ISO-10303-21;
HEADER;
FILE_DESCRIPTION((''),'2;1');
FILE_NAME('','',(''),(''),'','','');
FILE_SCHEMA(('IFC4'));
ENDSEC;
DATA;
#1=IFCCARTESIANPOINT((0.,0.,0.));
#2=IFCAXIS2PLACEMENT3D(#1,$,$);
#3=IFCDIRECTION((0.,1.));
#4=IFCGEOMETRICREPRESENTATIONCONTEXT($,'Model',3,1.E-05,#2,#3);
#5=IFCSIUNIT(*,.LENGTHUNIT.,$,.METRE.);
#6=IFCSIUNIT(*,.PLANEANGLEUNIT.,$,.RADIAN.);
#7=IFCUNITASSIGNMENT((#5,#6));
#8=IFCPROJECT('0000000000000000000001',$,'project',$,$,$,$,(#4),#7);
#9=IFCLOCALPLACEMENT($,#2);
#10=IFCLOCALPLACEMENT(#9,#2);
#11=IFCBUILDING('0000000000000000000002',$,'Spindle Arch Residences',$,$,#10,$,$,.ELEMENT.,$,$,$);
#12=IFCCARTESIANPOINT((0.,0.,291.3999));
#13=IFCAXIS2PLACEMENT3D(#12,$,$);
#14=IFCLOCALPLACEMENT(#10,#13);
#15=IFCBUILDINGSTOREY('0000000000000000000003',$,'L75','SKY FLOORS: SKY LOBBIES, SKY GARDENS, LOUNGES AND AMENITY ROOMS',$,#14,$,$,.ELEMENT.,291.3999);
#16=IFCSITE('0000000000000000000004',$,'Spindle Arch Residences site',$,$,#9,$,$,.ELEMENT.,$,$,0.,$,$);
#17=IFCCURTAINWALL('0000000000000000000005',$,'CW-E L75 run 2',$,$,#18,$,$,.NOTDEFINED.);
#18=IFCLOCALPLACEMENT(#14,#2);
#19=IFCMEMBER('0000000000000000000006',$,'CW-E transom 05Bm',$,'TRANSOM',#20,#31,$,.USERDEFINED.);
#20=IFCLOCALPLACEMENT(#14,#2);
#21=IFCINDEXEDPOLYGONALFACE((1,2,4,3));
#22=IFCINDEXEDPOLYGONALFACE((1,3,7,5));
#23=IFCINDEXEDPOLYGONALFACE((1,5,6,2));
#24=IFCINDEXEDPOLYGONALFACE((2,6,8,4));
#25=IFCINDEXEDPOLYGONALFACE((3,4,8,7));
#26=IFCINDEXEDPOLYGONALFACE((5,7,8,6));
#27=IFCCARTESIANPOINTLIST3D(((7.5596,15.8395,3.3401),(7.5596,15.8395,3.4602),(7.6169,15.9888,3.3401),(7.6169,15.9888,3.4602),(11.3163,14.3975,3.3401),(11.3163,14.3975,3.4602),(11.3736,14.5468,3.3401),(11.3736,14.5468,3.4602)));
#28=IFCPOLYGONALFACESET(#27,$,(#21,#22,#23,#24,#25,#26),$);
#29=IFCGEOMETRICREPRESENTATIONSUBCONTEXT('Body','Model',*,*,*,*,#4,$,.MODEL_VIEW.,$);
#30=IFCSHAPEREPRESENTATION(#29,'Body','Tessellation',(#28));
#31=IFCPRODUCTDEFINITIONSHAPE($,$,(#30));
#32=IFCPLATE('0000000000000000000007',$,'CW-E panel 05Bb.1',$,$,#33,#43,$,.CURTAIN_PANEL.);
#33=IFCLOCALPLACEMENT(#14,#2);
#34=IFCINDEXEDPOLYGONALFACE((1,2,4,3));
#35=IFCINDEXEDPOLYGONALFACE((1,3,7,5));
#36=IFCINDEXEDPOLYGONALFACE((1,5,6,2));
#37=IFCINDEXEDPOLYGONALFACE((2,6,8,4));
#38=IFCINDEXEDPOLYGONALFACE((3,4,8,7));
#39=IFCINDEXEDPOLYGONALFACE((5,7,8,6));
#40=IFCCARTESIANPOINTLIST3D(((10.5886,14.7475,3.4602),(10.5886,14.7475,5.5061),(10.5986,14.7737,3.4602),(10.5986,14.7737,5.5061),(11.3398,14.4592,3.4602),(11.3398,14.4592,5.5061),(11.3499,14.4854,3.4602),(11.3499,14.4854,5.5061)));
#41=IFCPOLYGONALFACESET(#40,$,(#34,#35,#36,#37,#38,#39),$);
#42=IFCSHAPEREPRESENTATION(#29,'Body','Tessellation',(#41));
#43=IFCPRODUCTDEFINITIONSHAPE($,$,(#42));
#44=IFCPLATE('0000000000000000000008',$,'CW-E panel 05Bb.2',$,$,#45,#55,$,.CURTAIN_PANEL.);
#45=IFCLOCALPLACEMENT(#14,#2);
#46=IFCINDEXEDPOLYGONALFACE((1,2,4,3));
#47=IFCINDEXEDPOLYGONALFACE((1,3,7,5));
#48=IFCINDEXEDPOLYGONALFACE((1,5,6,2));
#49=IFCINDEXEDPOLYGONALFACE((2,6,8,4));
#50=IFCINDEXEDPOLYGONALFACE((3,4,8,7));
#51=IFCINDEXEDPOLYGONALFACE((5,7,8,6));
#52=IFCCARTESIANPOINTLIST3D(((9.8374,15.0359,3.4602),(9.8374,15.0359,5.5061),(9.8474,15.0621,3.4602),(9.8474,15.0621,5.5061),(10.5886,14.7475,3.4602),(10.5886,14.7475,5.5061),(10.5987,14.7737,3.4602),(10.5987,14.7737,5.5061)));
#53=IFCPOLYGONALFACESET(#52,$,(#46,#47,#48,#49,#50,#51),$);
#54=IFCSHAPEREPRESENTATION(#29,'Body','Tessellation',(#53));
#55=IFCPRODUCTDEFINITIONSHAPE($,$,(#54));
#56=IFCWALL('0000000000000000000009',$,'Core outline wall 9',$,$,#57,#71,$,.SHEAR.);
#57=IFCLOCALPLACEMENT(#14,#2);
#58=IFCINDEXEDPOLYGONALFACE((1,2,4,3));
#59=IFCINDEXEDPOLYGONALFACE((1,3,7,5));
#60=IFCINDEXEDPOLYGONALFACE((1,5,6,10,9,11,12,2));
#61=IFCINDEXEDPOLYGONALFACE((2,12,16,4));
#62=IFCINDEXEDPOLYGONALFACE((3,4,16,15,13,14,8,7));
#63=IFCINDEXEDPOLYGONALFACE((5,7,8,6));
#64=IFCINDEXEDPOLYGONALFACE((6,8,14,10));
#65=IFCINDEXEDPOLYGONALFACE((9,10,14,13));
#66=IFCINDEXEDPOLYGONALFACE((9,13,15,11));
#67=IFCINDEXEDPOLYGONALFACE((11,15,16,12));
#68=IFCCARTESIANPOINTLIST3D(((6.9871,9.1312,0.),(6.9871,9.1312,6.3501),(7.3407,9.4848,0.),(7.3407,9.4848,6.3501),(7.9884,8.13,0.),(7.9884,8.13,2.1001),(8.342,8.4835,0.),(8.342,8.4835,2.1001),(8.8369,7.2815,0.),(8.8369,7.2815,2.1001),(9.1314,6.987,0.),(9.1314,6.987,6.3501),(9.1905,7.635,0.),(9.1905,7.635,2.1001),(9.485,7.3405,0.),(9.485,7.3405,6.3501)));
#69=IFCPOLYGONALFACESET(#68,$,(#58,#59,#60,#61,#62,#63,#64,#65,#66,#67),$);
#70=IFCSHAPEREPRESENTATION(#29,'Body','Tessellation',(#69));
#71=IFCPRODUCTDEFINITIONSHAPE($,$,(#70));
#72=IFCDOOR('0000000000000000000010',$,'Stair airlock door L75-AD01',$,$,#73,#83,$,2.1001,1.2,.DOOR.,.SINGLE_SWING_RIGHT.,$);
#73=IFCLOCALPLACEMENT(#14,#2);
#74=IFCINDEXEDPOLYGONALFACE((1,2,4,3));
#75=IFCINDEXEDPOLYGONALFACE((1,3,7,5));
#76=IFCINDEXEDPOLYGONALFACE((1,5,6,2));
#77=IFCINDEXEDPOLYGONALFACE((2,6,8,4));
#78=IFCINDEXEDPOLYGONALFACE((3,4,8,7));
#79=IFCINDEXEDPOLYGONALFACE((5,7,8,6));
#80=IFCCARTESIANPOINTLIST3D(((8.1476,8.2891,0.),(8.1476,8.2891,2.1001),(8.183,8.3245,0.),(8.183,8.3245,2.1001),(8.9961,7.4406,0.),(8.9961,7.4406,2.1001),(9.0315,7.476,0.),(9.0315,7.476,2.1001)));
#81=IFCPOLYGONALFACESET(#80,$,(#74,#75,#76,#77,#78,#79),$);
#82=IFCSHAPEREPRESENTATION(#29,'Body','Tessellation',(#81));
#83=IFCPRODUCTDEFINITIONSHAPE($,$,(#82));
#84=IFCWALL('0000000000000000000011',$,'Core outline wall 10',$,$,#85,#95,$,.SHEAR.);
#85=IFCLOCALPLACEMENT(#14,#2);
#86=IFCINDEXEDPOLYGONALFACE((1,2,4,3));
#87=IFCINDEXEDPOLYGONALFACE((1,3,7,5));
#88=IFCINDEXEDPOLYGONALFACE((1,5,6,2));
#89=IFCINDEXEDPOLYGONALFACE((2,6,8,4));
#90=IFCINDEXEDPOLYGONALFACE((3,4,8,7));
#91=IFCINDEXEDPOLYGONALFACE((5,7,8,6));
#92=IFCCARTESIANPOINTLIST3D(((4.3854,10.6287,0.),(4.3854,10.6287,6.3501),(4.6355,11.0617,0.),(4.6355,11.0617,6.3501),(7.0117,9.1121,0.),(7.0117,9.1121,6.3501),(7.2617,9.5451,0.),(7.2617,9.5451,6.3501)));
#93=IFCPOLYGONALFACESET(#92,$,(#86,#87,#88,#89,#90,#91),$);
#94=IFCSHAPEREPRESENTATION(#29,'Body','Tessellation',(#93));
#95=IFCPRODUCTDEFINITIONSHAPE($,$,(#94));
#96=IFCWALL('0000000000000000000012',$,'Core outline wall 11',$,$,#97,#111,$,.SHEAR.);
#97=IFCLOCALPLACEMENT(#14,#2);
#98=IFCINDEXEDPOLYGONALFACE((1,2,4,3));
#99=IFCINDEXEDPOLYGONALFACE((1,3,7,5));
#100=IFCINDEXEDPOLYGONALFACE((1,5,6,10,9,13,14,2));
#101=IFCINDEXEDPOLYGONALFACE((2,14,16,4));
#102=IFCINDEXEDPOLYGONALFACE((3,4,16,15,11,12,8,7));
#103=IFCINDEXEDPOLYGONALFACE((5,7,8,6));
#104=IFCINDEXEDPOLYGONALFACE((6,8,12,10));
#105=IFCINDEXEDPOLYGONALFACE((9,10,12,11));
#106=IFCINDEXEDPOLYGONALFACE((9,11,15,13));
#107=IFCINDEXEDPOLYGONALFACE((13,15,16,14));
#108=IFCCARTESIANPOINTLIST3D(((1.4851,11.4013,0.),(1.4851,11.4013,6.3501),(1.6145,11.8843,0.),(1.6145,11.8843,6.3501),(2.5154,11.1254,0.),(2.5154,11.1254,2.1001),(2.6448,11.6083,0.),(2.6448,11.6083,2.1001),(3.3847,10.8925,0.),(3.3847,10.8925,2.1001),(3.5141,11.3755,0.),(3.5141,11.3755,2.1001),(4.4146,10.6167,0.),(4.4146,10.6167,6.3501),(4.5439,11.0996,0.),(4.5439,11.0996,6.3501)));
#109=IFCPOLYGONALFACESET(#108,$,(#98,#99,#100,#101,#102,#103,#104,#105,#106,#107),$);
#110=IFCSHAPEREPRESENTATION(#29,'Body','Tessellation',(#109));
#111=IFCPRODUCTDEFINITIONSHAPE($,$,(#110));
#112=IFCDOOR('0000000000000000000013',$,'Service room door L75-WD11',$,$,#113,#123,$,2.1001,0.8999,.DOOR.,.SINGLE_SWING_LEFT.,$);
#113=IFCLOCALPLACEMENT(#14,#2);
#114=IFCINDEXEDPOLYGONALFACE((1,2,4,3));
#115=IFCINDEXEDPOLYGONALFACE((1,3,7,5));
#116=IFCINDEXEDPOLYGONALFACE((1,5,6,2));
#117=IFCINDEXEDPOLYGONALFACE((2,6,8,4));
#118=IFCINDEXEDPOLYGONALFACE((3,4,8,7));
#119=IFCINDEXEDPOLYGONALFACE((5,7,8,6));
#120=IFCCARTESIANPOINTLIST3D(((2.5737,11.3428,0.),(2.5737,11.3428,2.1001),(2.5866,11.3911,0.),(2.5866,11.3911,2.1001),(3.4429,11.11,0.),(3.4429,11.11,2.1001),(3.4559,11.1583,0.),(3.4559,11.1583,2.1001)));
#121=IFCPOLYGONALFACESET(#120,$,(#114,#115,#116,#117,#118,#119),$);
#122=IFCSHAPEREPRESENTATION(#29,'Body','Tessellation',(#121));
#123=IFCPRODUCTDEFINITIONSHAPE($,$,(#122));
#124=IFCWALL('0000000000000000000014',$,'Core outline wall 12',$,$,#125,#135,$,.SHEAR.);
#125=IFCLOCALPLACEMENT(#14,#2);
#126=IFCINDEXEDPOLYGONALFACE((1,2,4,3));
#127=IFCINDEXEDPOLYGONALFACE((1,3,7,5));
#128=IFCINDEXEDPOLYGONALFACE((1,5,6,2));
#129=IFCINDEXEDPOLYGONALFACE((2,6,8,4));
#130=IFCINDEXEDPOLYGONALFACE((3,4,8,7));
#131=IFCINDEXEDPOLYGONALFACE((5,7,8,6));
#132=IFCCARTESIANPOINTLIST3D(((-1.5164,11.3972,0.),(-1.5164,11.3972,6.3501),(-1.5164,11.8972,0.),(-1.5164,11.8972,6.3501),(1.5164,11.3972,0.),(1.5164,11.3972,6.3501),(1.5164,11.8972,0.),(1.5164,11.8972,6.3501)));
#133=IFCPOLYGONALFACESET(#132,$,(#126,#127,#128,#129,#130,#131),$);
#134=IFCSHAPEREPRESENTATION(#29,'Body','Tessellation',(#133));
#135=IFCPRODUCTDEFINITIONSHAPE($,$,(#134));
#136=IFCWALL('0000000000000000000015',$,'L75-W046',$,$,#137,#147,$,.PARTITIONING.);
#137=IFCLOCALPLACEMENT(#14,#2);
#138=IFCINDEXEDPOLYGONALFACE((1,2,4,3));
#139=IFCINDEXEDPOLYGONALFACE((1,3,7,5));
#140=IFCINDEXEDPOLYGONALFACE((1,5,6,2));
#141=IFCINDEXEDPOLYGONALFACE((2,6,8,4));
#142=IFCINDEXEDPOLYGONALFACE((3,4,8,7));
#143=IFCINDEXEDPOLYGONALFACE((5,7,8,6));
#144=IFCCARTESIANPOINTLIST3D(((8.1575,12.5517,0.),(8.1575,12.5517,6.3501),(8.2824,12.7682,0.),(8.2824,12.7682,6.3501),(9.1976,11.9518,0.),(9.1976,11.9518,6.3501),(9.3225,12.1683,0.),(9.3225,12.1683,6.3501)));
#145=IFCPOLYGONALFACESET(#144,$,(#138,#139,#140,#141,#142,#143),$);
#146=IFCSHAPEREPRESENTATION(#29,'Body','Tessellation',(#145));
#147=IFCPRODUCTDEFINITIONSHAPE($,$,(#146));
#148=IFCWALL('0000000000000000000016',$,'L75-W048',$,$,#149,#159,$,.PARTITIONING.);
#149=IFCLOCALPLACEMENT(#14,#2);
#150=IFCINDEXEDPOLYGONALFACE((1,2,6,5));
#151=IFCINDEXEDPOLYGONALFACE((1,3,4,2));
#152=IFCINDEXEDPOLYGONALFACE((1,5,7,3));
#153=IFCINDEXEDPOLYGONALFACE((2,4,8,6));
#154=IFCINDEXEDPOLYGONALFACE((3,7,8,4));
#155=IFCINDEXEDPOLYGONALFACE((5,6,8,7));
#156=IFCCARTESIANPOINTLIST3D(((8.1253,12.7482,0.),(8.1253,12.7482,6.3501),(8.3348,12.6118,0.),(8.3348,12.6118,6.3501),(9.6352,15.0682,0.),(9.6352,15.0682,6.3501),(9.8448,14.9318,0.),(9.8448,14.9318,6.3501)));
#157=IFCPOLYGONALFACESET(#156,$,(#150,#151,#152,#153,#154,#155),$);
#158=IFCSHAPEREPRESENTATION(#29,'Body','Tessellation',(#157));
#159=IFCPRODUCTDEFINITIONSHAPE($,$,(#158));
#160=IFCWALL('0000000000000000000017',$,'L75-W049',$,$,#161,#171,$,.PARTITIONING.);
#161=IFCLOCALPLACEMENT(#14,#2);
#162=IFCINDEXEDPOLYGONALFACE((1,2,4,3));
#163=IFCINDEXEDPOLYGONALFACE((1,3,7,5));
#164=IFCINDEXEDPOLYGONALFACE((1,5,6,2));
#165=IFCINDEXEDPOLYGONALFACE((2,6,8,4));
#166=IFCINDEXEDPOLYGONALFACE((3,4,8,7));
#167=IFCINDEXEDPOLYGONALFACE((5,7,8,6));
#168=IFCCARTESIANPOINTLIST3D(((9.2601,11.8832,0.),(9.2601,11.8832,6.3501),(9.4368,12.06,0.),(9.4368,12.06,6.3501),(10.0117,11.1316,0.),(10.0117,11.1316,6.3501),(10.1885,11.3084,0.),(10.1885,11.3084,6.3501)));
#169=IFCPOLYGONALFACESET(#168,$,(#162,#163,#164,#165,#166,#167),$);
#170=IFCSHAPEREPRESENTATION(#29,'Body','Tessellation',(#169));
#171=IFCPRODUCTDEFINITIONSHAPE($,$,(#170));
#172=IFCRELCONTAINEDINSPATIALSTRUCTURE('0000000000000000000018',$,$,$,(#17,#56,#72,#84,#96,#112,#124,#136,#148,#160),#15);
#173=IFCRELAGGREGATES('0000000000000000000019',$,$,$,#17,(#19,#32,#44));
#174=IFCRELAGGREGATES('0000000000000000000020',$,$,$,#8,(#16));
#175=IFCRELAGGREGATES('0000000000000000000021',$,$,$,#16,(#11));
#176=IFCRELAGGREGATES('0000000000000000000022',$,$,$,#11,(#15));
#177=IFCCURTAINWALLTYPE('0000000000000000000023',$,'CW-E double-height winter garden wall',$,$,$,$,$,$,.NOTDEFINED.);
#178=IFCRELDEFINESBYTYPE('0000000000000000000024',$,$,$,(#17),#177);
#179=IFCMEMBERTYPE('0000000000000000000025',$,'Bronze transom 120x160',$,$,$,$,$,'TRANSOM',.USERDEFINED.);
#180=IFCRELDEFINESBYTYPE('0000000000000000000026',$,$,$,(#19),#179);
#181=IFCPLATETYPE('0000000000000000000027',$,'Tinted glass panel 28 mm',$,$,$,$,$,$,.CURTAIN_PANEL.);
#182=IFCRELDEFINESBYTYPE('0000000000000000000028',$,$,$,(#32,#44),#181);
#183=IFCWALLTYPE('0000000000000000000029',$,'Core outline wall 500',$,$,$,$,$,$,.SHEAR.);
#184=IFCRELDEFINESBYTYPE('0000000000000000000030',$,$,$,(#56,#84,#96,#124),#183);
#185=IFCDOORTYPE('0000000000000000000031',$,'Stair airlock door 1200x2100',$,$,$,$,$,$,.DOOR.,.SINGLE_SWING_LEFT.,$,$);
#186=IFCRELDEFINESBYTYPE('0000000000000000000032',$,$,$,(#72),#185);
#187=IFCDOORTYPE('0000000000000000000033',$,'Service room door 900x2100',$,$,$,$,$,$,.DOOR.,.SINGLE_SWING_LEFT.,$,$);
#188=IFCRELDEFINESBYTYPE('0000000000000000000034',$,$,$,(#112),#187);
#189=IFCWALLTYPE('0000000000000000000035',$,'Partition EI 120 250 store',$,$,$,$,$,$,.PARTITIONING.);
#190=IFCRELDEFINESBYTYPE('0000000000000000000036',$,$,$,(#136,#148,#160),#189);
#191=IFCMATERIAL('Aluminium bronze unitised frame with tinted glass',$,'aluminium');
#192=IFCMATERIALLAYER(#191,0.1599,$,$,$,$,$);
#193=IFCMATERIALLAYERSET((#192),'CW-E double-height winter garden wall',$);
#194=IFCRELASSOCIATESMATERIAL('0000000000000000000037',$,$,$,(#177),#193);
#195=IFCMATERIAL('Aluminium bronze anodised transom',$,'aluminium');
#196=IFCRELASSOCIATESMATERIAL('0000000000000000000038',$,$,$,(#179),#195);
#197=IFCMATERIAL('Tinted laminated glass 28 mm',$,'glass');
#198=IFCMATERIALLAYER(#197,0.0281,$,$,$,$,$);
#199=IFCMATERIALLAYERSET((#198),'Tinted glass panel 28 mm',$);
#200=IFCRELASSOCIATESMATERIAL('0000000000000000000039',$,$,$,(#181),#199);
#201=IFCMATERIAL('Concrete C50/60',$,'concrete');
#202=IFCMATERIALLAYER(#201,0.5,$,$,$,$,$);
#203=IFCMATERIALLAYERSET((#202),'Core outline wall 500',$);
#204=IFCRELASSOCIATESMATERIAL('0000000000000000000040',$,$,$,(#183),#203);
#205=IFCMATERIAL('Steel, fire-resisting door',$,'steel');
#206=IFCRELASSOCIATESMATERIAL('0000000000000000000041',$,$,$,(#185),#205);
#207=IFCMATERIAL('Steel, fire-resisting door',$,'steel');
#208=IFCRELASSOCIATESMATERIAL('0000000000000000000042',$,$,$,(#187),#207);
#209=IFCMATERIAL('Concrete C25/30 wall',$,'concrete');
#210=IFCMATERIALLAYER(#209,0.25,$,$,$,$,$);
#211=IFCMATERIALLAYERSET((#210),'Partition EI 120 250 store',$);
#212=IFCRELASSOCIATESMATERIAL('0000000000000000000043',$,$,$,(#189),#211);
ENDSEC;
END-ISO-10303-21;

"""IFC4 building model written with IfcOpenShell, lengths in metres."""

from ifc_helpers import new_model, si_unit, direction, frame, frame_2d, origin, origin_2d, place, context, subcontext, project, spatial, rectangle, extrude, material, layer, layer_set, material_profile, profile_set, type_object, element, fill, aggregate, save


model = new_model("IFC4")

# Units and contexts
model_context = context("Model", 3, precision=1e-05, world=origin(), true_north=direction((0.0, 1.0)))
body_context = subcontext(model_context, "Body", "Model", "MODEL_VIEW")
ifc_project = project(units=[si_unit("LENGTHUNIT", "METRE"), si_unit("PLANEANGLEUNIT", "RADIAN")], contexts=[model_context])

# Site, building, storey
site_placement = place(None, origin())
site = spatial("IfcSite", under=ifc_project, at=site_placement, Name="Spindle Arch Residences site", CompositionType="ELEMENT", RefElevation=0.0)
building_placement = place(site_placement, origin())
building = spatial("IfcBuilding", under=site, at=building_placement, Name="Spindle Arch Residences", CompositionType="ELEMENT")
storey_placement = place(building_placement, frame((0.0, 0.0, 291.3999)))
storey = spatial("IfcBuildingStorey", under=building, at=storey_placement, Name="L75", Description="SKY FLOORS: SKY LOBBIES, SKY GARDENS, LOUNGES AND AMENITY ROOMS", CompositionType="ELEMENT", Elevation=291.3999)

# Curtain wall, member, plates
ifc_material_1 = material(Name="Aluminium bronze unitised frame with tinted glass", Category="aluminium")
ifc_layer_1 = layer(ifc_material_1, 0.1599)
ifc_layer_set_1 = layer_set([ifc_layer_1], Name="CW-E double-height winter garden wall")
curtain_wall_type = type_object("IfcCurtainWallType", Name="CW-E double-height winter garden wall", PredefinedType="NOTDEFINED", material=ifc_layer_set_1)
curtain_wall_placement = place(storey_placement, origin())
curtain_wall = element("IfcCurtainWall", 1, at=curtain_wall_placement, inside=storey, type_object=curtain_wall_type, Name="CW-E L75 run 2", PredefinedType="NOTDEFINED")
ifc_material_2 = material(Name="Aluminium bronze anodised transom", Category="aluminium")
ifc_material_profile = material_profile(ifc_material_2, rectangle(XDim=0.1599, YDim=0.1201, at=origin_2d()), Name="TR 120x160")
ifc_profile_set = profile_set([ifc_material_profile], Name="Aluminium bronze anodised transom")
member_type = type_object("IfcMemberType", Name="Bronze transom 120x160", ElementType="TRANSOM", PredefinedType="USERDEFINED", material=ifc_profile_set)
member_placement = place(storey_placement, frame((11.345, 14.4722, 3.4001), z_axis=(-0.933591, 0.358341, 0.0), x_axis=(-0.358341, -0.933591, 0.0)))
member = element("IfcMember", 2, at=member_placement, type_object=member_type, Name="CW-E transom 05Bm", ObjectType="TRANSOM", PredefinedType="USERDEFINED", context=body_context, shape_type="SweptSolid", body=[
    extrude(rectangle(XDim=0.1599, YDim=0.1201, at=origin_2d()), origin(), (0.0, 0.0, 1.0), 4.0239),
])
ifc_material_3 = material(Name="Tinted laminated glass 28 mm", Category="glass")
ifc_layer_2 = layer(ifc_material_3, 0.0281)
ifc_layer_set_2 = layer_set([ifc_layer_2], Name="Tinted glass panel 28 mm")
plate_type = type_object("IfcPlateType", Name="Tinted glass panel 28 mm", PredefinedType="CURTAIN_PANEL", material=ifc_layer_set_2)
plate_1_placement = place(storey_placement, frame((10.9692, 14.6165, 3.4602), z_axis=(0.0, 0.0, 1.0), x_axis=(-0.93358, 0.358368, 0.0)))
plate_1 = element("IfcPlate", 3, at=plate_1_placement, type_object=plate_type, Name="CW-E panel 05Bb.1", PredefinedType="CURTAIN_PANEL", context=body_context, shape_type="SweptSolid", body=[
    extrude(rectangle(XDim=0.8047, YDim=0.0281, at=origin_2d()), origin(), (0.0, 0.0, 1.0), 2.0459),
])
plate_2_placement = place(storey_placement, frame((10.218, 14.9048, 3.4602), z_axis=(0.0, 0.0, 1.0), x_axis=(-0.93358, 0.358368, 0.0)))
plate_2 = element("IfcPlate", 4, at=plate_2_placement, type_object=plate_type, Name="CW-E panel 05Bb.2", PredefinedType="CURTAIN_PANEL", context=body_context, shape_type="SweptSolid", body=[
    extrude(rectangle(XDim=0.8047, YDim=0.0281, at=origin_2d()), origin(), (0.0, 0.0, 1.0), 2.0459),
])
aggregate(curtain_wall, [member, plate_1, plate_2])

# Wall, opening, door
ifc_material_4 = material(Name="Concrete C50/60", Category="concrete")
ifc_layer_3 = layer(ifc_material_4, 0.5)
ifc_layer_set_3 = layer_set([ifc_layer_3], Name="Core outline wall 500")
wall_type_1 = type_object("IfcWallType", Name="Core outline wall 500", PredefinedType="SHEAR", material=ifc_layer_set_3)
wall_1_placement = place(storey_placement, frame((9.3081, 7.1638, 0.0), z_axis=(0.0, 0.0, 1.0), x_axis=(-0.707107, 0.707107, 0.0)))
wall_1 = element("IfcWall", 5, at=wall_1_placement, inside=storey, type_object=wall_type_1, Name="Core outline wall 9", PredefinedType="SHEAR", context=body_context, shape_type="SweptSolid", body=[
    extrude(rectangle(XDim=3.0325, YDim=0.5, at=frame_2d((1.5161, 0.0))), origin(), (0.0, 0.0, 1.0), 6.3501),
])
opening_1_placement = place(wall_1_placement, frame((0.4163, 0.0, 0.0)))
opening_1 = element("IfcOpeningElement", 6, at=opening_1_placement, cuts=wall_1, PredefinedType="OPENING", context=body_context, shape_type="SweptSolid", body=[
    extrude(rectangle(XDim=1.2, YDim=2.1001, at=frame_2d((0.6001, 1.05))), frame((0.0, 0.26, 0.0), z_axis=(0.0, -1.0, 0.0), x_axis=(1.0, 0.0, 0.0)), (0.0, 0.0, 1.0), 0.52),
])
ifc_material_5 = material(Name="Steel, fire-resisting door", Category="steel")
door_type_1 = type_object("IfcDoorType", Name="Stair airlock door 1200x2100", OperationType="SINGLE_SWING_LEFT", PredefinedType="DOOR", material=ifc_material_5)
door_1_placement = place(opening_1_placement, origin())
door_1 = element("IfcDoor", 7, at=door_1_placement, inside=storey, type_object=door_type_1, Name="Stair airlock door L75-AD01", OperationType="SINGLE_SWING_RIGHT", OverallHeight=2.1001, OverallWidth=1.2, PredefinedType="DOOR", context=body_context, shape_type="SweptSolid", body=[
    extrude(rectangle(XDim=1.2, YDim=2.1001, at=frame_2d((0.6001, 1.05))), frame((0.0, 0.0249, 0.0), z_axis=(0.0, -1.0, 0.0), x_axis=(1.0, 0.0, 0.0)), (0.0, 0.0, 1.0), 0.05),
])
fill(opening_1, door_1)

# Wall
wall_2_placement = place(storey_placement, frame((7.1367, 9.3286, 0.0), z_axis=(0.0, 0.0, 1.0), x_axis=(-0.865975, 0.500087, 0.0)))
element("IfcWall", 8, at=wall_2_placement, inside=storey, type_object=wall_type_1, Name="Core outline wall 10", PredefinedType="SHEAR", context=body_context, shape_type="SweptSolid", body=[
    extrude(rectangle(XDim=3.0327, YDim=0.5, at=frame_2d((1.5164, 0.0))), origin(), (0.0, 0.0, 1.0), 6.3501),
])

# Wall, opening, door
wall_3_placement = place(storey_placement, frame((4.4792, 10.8582, 0.0), z_axis=(0.0, 0.0, 1.0), x_axis=(-0.965948, 0.258735, 0.0)))
wall_3 = element("IfcWall", 9, at=wall_3_placement, inside=storey, type_object=wall_type_1, Name="Core outline wall 11", PredefinedType="SHEAR", context=body_context, shape_type="SweptSolid", body=[
    extrude(rectangle(XDim=3.0327, YDim=0.5, at=frame_2d((1.5164, 0.0))), origin(), (0.0, 0.0, 1.0), 6.3501),
])
opening_2_placement = place(wall_3_placement, frame((1.0662, 0.0, 0.0)))
opening_2 = element("IfcOpeningElement", 10, at=opening_2_placement, cuts=wall_3, PredefinedType="OPENING", context=body_context, shape_type="SweptSolid", body=[
    extrude(rectangle(XDim=0.8999, YDim=2.1001, at=frame_2d((0.45, 1.05))), frame((0.0, 0.26, 0.0), z_axis=(0.0, -1.0, 0.0), x_axis=(1.0, 0.0, 0.0)), (0.0, 0.0, 1.0), 0.52),
])
ifc_material_6 = material(Name="Steel, fire-resisting door", Category="steel")
door_type_2 = type_object("IfcDoorType", Name="Service room door 900x2100", OperationType="SINGLE_SWING_LEFT", PredefinedType="DOOR", material=ifc_material_6)
door_2_placement = place(opening_2_placement, origin())
door_2 = element("IfcDoor", 11, at=door_2_placement, inside=storey, type_object=door_type_2, Name="Service room door L75-WD11", OperationType="SINGLE_SWING_LEFT", OverallHeight=2.1001, OverallWidth=0.8999, PredefinedType="DOOR", context=body_context, shape_type="SweptSolid", body=[
    extrude(rectangle(XDim=0.8999, YDim=2.1001, at=frame_2d((0.45, 1.05))), frame((0.0, 0.0249, 0.0), z_axis=(0.0, -1.0, 0.0), x_axis=(1.0, 0.0, 0.0)), (0.0, 0.0, 1.0), 0.05),
])
fill(opening_2, door_2)

# Walls
wall_4_placement = place(storey_placement, frame((1.5164, 11.6472, 0.0), z_axis=(0.0, 0.0, 1.0), x_axis=(-1.0, 0.0, 0.0)))
element("IfcWall", 12, at=wall_4_placement, inside=storey, type_object=wall_type_1, Name="Core outline wall 12", PredefinedType="SHEAR", context=body_context, shape_type="SweptSolid", body=[
    extrude(rectangle(XDim=3.0327, YDim=0.5, at=frame_2d((1.5164, 0.0))), origin(), (0.0, 0.0, 1.0), 6.3501),
])
ifc_material_7 = material(Name="Concrete C25/30 wall", Category="concrete")
ifc_layer_4 = layer(ifc_material_7, 0.25)
ifc_layer_set_4 = layer_set([ifc_layer_4], Name="Partition EI 120 250 store")
wall_type_2 = type_object("IfcWallType", Name="Partition EI 120 250 store", PredefinedType="PARTITIONING", material=ifc_layer_set_4)
wall_5_placement = place(storey_placement, frame((9.26, 12.0601, 0.0), z_axis=(0.0, 0.0, 1.0), x_axis=(-0.866247, 0.499617, 0.0)))
element("IfcWall", 13, at=wall_5_placement, inside=storey, type_object=wall_type_2, Name="L75-W046", PredefinedType="PARTITIONING", context=body_context, shape_type="SweptSolid", body=[
    extrude(rectangle(XDim=1.2007, YDim=0.25, at=frame_2d((0.6003, 0.0))), origin(), (0.0, 0.0, 1.0), 6.3501),
])
wall_6_placement = place(storey_placement, frame((9.74, 15.0, 0.0), z_axis=(0.0, 0.0, 1.0), x_axis=(-0.545487, -0.838119, 0.0)))
element("IfcWall", 14, at=wall_6_placement, inside=storey, type_object=wall_type_2, Name="L75-W048", PredefinedType="PARTITIONING", context=body_context, shape_type="SweptSolid", body=[
    extrude(rectangle(XDim=2.7681, YDim=0.25, at=frame_2d((1.384, 0.0))), origin(), (0.0, 0.0, 1.0), 6.3501),
])
wall_7_placement = place(storey_placement, frame((10.1001, 11.22, 0.0), z_axis=(0.0, 0.0, 1.0), x_axis=(-0.707107, 0.707107, 0.0)))
element("IfcWall", 15, at=wall_7_placement, inside=storey, type_object=wall_type_2, Name="L75-W049", PredefinedType="PARTITIONING", context=body_context, shape_type="SweptSolid", body=[
    extrude(rectangle(XDim=1.063, YDim=0.25, at=frame_2d((0.5315, 0.0))), origin(), (0.0, 0.0, 1.0), 6.3501),
])

save(model, "model.ifc")
